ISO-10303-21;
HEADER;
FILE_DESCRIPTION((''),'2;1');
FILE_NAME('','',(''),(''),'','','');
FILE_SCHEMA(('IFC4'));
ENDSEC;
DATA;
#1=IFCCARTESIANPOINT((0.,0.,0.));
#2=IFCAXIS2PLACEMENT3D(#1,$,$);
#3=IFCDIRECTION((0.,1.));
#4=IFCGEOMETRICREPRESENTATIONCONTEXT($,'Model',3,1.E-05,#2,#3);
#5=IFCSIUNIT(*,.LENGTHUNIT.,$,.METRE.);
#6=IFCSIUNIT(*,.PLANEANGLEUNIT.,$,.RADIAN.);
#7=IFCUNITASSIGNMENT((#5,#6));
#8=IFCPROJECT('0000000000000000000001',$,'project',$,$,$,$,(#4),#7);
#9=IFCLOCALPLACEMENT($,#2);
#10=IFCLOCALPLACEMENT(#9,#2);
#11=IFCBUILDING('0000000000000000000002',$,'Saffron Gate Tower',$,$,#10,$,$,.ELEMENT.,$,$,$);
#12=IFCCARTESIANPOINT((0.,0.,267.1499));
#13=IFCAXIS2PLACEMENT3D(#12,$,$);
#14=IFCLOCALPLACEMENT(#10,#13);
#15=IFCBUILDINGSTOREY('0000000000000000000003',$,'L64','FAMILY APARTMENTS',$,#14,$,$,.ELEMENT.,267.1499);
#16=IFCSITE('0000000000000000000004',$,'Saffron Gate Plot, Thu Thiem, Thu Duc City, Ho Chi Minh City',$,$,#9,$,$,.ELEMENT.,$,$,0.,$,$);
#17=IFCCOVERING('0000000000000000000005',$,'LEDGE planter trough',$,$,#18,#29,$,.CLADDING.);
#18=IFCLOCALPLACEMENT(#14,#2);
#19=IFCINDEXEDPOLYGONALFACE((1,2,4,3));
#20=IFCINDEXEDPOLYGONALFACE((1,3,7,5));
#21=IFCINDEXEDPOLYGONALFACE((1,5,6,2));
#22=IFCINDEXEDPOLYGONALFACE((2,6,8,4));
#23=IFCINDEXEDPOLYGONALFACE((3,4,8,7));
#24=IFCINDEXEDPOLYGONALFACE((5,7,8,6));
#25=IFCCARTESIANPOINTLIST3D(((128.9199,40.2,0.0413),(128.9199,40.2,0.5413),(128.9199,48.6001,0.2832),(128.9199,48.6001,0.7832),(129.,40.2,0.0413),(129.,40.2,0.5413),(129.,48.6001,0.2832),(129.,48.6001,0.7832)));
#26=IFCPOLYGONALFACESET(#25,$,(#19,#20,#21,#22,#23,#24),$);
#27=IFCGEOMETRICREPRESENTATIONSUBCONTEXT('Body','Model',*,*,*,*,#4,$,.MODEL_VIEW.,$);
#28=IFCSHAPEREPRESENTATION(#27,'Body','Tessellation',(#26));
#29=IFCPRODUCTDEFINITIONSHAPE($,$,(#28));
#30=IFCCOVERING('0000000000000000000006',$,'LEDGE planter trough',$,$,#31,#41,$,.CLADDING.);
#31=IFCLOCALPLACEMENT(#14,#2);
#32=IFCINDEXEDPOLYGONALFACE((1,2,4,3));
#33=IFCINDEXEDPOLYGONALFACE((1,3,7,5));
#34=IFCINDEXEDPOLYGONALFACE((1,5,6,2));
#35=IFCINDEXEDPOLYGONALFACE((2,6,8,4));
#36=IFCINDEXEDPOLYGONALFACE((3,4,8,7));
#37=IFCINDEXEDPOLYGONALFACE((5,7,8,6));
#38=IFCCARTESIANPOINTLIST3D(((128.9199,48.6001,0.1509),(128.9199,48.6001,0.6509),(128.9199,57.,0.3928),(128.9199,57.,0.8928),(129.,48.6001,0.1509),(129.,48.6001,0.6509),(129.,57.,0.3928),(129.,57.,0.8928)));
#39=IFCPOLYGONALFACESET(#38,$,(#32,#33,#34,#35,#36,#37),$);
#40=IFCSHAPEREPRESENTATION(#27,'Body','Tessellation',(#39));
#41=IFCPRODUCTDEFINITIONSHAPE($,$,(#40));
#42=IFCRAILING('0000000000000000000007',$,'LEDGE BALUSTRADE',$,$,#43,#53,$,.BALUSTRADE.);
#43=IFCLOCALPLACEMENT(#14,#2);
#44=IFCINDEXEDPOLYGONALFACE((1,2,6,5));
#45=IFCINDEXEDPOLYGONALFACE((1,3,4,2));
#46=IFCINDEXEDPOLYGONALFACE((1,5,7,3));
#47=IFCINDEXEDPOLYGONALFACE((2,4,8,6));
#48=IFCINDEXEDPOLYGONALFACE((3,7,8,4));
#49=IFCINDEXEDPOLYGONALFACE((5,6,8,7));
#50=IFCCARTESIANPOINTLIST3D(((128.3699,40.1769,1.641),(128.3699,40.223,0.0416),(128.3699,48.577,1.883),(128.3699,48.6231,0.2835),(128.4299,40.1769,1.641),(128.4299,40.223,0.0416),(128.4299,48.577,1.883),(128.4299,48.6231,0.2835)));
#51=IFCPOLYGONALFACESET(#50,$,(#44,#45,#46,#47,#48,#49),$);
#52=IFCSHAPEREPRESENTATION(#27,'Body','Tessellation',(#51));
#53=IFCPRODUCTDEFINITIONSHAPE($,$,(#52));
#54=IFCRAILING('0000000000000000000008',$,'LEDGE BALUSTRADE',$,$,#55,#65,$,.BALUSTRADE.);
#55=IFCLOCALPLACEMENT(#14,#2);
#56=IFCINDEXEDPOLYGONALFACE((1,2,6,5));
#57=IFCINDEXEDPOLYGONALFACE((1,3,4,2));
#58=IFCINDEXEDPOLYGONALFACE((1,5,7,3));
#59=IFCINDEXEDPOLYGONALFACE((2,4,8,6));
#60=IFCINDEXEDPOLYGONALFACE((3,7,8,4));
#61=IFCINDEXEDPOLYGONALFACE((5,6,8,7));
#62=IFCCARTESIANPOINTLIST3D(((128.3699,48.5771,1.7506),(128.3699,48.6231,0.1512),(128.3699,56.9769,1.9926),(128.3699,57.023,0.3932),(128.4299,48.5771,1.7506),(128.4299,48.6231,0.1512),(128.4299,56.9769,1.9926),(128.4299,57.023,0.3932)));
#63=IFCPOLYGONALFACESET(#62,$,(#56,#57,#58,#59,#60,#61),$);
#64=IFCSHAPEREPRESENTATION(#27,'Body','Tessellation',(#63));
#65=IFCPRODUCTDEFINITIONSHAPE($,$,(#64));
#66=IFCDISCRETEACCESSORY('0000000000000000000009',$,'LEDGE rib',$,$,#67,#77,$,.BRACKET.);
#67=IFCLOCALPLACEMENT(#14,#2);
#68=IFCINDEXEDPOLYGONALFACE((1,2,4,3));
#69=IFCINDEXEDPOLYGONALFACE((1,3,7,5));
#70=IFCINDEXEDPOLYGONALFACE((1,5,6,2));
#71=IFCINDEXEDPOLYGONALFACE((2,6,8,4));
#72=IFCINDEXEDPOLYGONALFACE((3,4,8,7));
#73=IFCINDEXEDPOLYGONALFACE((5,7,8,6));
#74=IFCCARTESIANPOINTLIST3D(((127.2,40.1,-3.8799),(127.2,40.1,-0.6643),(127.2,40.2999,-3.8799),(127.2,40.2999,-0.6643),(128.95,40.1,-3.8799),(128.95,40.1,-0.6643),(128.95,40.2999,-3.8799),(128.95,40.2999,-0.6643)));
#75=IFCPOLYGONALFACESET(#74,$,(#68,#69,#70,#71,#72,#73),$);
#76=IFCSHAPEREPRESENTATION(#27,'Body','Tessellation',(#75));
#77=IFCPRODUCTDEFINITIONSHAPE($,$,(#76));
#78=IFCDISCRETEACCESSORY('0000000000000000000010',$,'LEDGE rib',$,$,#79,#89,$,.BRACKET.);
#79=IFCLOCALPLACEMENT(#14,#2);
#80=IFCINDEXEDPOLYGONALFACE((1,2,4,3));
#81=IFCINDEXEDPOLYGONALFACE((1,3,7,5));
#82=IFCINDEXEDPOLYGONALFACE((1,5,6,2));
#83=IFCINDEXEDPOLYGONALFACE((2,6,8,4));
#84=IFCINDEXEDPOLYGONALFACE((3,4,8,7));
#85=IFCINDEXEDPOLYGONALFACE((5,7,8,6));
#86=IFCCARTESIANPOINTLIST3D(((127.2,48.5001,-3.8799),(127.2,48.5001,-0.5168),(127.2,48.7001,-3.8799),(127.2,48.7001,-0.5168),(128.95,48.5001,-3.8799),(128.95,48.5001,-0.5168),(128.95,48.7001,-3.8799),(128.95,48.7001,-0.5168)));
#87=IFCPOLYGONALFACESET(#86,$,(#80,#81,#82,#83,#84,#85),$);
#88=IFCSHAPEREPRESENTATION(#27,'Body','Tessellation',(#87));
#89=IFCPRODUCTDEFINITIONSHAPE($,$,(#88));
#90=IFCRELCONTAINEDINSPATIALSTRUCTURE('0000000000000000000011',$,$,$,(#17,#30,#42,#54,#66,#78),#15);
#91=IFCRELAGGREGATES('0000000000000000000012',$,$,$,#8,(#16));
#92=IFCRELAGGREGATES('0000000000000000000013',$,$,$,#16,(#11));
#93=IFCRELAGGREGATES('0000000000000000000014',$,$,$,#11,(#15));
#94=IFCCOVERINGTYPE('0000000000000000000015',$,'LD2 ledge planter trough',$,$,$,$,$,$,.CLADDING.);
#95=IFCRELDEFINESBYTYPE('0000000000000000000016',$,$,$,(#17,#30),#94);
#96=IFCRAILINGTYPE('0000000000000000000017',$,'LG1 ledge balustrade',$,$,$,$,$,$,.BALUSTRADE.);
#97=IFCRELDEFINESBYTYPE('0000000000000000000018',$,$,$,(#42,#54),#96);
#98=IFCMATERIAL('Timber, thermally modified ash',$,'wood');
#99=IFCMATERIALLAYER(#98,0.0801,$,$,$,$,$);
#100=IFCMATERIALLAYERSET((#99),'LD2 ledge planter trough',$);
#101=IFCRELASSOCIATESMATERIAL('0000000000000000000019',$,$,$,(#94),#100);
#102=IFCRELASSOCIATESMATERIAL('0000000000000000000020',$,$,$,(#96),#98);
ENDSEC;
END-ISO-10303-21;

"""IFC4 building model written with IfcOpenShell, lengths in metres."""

from ifc_helpers import new_model, si_unit, direction, frame, origin, origin_2d, place, context, subcontext, project, spatial, polyline, rectangle, outline, extrude, material, layer, layer_set, type_object, element, save


model = new_model("IFC4")

# Units and contexts
model_context = context("Model", 3, precision=1e-05, world=origin(), true_north=direction((0.0, 1.0)))
body_context = subcontext(model_context, "Body", "Model", "MODEL_VIEW")
ifc_project = project(units=[si_unit("LENGTHUNIT", "METRE"), si_unit("PLANEANGLEUNIT", "RADIAN")], contexts=[model_context])

# Site, building, storey
site_placement = place(None, origin())
site = spatial("IfcSite", under=ifc_project, at=site_placement, Name="Saffron Gate Plot, Thu Thiem, Thu Duc City, Ho Chi Minh City", CompositionType="ELEMENT", RefElevation=0.0)
building_placement = place(site_placement, origin())
building = spatial("IfcBuilding", under=site, at=building_placement, Name="Saffron Gate Tower", CompositionType="ELEMENT")
storey_placement = place(building_placement, frame((0.0, 0.0, 267.1499)))
storey = spatial("IfcBuildingStorey", under=building, at=storey_placement, Name="L64", Description="FAMILY APARTMENTS", CompositionType="ELEMENT", Elevation=267.1499)

# Coverings
ifc_material_1 = material(Name="Timber, thermally modified ash", Category="wood")
ifc_layer_1 = layer(ifc_material_1, 0.0801)
ifc_layer_set_1 = layer_set([ifc_layer_1], Name="LD2 ledge planter trough")
covering_type_1 = type_object("IfcCoveringType", Name="LD2 ledge planter trough", PredefinedType="CLADDING", material=ifc_layer_set_1)
covering_1_placement = place(storey_placement, frame((129.0, 40.2, 0.0413), z_axis=(1.0, 0.0, 0.0), x_axis=(0.0, 0.999585, 0.02879)))
element("IfcCovering", 1, at=covering_1_placement, inside=storey, type_object=covering_type_1, Name="LEDGE planter trough", PredefinedType="CLADDING", context=body_context, shape_type="SweptSolid", body=[
    extrude(outline(polyline([(0.0, 0.0), (8.4036, 0.0), (8.418, 0.4998), (0.0144, 0.4998), (0.0, 0.0)])), origin(), (0.0, 0.0, -1.0), 0.0801),
])
covering_2_placement = place(storey_placement, frame((129.0, 48.6001, 0.1509), z_axis=(1.0, 0.0, 0.0), x_axis=(0.0, 0.999585, 0.028791)))
element("IfcCovering", 2, at=covering_2_placement, inside=storey, type_object=covering_type_1, Name="LEDGE planter trough", PredefinedType="CLADDING", context=body_context, shape_type="SweptSolid", body=[
    extrude(outline(polyline([(0.0, 0.0), (8.4034, 0.0), (8.4178, 0.4998), (0.0144, 0.4998), (0.0, 0.0)])), origin(), (0.0, 0.0, -1.0), 0.0801),
])

# Railings
railing_type = type_object("IfcRailingType", Name="LG1 ledge balustrade", PredefinedType="BALUSTRADE", material=ifc_material_1)
railing_1_placement = place(storey_placement, frame((128.3999, 40.2, 0.0413)))
element("IfcRailing", 3, at=railing_1_placement, inside=storey, type_object=railing_type, Name="LEDGE BALUSTRADE", PredefinedType="BALUSTRADE", context=body_context, shape_type="SweptSolid", body=[
    extrude(rectangle(XDim=0.0601, YDim=1.6001, at=origin_2d()), frame((0.0, 0.0, 0.8), z_axis=(0.0, 0.999585, 0.02879), x_axis=(-1.0, 0.0, 0.0)), (0.0, 0.0, 1.0), 8.4036),
])
railing_2_placement = place(storey_placement, frame((128.3999, 48.6001, 0.1509)))
element("IfcRailing", 4, at=railing_2_placement, inside=storey, type_object=railing_type, Name="LEDGE BALUSTRADE", PredefinedType="BALUSTRADE", context=body_context, shape_type="SweptSolid", body=[
    extrude(rectangle(XDim=0.0601, YDim=1.6001, at=origin_2d()), frame((0.0, 0.0, 0.8), z_axis=(0.0, 0.999585, 0.028791), x_axis=(-1.0, 0.0, 0.0)), (0.0, 0.0, 1.0), 8.4033),
])

# Discrete accessories
discrete_accessory_1_placement = place(storey_placement, frame((128.075, 40.2, -3.8799), z_axis=(0.0, 0.0, 1.0), x_axis=(0.0, 1.0, 0.0)))
element("IfcDiscreteAccessory", 5, at=discrete_accessory_1_placement, inside=storey, Name="LEDGE rib", PredefinedType="BRACKET", context=body_context, shape_type="SweptSolid", body=[
    extrude(rectangle(XDim=0.2, YDim=1.75, at=origin_2d()), origin(), (0.0, 0.0, 1.0), 3.2156),
])
discrete_accessory_2_placement = place(storey_placement, frame((128.075, 48.6001, -3.8799), z_axis=(0.0, 0.0, 1.0), x_axis=(0.0, 1.0, 0.0)))
element("IfcDiscreteAccessory", 6, at=discrete_accessory_2_placement, inside=storey, Name="LEDGE rib", PredefinedType="BRACKET", context=body_context, shape_type="SweptSolid", body=[
    extrude(rectangle(XDim=0.2, YDim=1.75, at=origin_2d()), origin(), (0.0, 0.0, 1.0), 3.363),
])

save(model, "model.ifc")
